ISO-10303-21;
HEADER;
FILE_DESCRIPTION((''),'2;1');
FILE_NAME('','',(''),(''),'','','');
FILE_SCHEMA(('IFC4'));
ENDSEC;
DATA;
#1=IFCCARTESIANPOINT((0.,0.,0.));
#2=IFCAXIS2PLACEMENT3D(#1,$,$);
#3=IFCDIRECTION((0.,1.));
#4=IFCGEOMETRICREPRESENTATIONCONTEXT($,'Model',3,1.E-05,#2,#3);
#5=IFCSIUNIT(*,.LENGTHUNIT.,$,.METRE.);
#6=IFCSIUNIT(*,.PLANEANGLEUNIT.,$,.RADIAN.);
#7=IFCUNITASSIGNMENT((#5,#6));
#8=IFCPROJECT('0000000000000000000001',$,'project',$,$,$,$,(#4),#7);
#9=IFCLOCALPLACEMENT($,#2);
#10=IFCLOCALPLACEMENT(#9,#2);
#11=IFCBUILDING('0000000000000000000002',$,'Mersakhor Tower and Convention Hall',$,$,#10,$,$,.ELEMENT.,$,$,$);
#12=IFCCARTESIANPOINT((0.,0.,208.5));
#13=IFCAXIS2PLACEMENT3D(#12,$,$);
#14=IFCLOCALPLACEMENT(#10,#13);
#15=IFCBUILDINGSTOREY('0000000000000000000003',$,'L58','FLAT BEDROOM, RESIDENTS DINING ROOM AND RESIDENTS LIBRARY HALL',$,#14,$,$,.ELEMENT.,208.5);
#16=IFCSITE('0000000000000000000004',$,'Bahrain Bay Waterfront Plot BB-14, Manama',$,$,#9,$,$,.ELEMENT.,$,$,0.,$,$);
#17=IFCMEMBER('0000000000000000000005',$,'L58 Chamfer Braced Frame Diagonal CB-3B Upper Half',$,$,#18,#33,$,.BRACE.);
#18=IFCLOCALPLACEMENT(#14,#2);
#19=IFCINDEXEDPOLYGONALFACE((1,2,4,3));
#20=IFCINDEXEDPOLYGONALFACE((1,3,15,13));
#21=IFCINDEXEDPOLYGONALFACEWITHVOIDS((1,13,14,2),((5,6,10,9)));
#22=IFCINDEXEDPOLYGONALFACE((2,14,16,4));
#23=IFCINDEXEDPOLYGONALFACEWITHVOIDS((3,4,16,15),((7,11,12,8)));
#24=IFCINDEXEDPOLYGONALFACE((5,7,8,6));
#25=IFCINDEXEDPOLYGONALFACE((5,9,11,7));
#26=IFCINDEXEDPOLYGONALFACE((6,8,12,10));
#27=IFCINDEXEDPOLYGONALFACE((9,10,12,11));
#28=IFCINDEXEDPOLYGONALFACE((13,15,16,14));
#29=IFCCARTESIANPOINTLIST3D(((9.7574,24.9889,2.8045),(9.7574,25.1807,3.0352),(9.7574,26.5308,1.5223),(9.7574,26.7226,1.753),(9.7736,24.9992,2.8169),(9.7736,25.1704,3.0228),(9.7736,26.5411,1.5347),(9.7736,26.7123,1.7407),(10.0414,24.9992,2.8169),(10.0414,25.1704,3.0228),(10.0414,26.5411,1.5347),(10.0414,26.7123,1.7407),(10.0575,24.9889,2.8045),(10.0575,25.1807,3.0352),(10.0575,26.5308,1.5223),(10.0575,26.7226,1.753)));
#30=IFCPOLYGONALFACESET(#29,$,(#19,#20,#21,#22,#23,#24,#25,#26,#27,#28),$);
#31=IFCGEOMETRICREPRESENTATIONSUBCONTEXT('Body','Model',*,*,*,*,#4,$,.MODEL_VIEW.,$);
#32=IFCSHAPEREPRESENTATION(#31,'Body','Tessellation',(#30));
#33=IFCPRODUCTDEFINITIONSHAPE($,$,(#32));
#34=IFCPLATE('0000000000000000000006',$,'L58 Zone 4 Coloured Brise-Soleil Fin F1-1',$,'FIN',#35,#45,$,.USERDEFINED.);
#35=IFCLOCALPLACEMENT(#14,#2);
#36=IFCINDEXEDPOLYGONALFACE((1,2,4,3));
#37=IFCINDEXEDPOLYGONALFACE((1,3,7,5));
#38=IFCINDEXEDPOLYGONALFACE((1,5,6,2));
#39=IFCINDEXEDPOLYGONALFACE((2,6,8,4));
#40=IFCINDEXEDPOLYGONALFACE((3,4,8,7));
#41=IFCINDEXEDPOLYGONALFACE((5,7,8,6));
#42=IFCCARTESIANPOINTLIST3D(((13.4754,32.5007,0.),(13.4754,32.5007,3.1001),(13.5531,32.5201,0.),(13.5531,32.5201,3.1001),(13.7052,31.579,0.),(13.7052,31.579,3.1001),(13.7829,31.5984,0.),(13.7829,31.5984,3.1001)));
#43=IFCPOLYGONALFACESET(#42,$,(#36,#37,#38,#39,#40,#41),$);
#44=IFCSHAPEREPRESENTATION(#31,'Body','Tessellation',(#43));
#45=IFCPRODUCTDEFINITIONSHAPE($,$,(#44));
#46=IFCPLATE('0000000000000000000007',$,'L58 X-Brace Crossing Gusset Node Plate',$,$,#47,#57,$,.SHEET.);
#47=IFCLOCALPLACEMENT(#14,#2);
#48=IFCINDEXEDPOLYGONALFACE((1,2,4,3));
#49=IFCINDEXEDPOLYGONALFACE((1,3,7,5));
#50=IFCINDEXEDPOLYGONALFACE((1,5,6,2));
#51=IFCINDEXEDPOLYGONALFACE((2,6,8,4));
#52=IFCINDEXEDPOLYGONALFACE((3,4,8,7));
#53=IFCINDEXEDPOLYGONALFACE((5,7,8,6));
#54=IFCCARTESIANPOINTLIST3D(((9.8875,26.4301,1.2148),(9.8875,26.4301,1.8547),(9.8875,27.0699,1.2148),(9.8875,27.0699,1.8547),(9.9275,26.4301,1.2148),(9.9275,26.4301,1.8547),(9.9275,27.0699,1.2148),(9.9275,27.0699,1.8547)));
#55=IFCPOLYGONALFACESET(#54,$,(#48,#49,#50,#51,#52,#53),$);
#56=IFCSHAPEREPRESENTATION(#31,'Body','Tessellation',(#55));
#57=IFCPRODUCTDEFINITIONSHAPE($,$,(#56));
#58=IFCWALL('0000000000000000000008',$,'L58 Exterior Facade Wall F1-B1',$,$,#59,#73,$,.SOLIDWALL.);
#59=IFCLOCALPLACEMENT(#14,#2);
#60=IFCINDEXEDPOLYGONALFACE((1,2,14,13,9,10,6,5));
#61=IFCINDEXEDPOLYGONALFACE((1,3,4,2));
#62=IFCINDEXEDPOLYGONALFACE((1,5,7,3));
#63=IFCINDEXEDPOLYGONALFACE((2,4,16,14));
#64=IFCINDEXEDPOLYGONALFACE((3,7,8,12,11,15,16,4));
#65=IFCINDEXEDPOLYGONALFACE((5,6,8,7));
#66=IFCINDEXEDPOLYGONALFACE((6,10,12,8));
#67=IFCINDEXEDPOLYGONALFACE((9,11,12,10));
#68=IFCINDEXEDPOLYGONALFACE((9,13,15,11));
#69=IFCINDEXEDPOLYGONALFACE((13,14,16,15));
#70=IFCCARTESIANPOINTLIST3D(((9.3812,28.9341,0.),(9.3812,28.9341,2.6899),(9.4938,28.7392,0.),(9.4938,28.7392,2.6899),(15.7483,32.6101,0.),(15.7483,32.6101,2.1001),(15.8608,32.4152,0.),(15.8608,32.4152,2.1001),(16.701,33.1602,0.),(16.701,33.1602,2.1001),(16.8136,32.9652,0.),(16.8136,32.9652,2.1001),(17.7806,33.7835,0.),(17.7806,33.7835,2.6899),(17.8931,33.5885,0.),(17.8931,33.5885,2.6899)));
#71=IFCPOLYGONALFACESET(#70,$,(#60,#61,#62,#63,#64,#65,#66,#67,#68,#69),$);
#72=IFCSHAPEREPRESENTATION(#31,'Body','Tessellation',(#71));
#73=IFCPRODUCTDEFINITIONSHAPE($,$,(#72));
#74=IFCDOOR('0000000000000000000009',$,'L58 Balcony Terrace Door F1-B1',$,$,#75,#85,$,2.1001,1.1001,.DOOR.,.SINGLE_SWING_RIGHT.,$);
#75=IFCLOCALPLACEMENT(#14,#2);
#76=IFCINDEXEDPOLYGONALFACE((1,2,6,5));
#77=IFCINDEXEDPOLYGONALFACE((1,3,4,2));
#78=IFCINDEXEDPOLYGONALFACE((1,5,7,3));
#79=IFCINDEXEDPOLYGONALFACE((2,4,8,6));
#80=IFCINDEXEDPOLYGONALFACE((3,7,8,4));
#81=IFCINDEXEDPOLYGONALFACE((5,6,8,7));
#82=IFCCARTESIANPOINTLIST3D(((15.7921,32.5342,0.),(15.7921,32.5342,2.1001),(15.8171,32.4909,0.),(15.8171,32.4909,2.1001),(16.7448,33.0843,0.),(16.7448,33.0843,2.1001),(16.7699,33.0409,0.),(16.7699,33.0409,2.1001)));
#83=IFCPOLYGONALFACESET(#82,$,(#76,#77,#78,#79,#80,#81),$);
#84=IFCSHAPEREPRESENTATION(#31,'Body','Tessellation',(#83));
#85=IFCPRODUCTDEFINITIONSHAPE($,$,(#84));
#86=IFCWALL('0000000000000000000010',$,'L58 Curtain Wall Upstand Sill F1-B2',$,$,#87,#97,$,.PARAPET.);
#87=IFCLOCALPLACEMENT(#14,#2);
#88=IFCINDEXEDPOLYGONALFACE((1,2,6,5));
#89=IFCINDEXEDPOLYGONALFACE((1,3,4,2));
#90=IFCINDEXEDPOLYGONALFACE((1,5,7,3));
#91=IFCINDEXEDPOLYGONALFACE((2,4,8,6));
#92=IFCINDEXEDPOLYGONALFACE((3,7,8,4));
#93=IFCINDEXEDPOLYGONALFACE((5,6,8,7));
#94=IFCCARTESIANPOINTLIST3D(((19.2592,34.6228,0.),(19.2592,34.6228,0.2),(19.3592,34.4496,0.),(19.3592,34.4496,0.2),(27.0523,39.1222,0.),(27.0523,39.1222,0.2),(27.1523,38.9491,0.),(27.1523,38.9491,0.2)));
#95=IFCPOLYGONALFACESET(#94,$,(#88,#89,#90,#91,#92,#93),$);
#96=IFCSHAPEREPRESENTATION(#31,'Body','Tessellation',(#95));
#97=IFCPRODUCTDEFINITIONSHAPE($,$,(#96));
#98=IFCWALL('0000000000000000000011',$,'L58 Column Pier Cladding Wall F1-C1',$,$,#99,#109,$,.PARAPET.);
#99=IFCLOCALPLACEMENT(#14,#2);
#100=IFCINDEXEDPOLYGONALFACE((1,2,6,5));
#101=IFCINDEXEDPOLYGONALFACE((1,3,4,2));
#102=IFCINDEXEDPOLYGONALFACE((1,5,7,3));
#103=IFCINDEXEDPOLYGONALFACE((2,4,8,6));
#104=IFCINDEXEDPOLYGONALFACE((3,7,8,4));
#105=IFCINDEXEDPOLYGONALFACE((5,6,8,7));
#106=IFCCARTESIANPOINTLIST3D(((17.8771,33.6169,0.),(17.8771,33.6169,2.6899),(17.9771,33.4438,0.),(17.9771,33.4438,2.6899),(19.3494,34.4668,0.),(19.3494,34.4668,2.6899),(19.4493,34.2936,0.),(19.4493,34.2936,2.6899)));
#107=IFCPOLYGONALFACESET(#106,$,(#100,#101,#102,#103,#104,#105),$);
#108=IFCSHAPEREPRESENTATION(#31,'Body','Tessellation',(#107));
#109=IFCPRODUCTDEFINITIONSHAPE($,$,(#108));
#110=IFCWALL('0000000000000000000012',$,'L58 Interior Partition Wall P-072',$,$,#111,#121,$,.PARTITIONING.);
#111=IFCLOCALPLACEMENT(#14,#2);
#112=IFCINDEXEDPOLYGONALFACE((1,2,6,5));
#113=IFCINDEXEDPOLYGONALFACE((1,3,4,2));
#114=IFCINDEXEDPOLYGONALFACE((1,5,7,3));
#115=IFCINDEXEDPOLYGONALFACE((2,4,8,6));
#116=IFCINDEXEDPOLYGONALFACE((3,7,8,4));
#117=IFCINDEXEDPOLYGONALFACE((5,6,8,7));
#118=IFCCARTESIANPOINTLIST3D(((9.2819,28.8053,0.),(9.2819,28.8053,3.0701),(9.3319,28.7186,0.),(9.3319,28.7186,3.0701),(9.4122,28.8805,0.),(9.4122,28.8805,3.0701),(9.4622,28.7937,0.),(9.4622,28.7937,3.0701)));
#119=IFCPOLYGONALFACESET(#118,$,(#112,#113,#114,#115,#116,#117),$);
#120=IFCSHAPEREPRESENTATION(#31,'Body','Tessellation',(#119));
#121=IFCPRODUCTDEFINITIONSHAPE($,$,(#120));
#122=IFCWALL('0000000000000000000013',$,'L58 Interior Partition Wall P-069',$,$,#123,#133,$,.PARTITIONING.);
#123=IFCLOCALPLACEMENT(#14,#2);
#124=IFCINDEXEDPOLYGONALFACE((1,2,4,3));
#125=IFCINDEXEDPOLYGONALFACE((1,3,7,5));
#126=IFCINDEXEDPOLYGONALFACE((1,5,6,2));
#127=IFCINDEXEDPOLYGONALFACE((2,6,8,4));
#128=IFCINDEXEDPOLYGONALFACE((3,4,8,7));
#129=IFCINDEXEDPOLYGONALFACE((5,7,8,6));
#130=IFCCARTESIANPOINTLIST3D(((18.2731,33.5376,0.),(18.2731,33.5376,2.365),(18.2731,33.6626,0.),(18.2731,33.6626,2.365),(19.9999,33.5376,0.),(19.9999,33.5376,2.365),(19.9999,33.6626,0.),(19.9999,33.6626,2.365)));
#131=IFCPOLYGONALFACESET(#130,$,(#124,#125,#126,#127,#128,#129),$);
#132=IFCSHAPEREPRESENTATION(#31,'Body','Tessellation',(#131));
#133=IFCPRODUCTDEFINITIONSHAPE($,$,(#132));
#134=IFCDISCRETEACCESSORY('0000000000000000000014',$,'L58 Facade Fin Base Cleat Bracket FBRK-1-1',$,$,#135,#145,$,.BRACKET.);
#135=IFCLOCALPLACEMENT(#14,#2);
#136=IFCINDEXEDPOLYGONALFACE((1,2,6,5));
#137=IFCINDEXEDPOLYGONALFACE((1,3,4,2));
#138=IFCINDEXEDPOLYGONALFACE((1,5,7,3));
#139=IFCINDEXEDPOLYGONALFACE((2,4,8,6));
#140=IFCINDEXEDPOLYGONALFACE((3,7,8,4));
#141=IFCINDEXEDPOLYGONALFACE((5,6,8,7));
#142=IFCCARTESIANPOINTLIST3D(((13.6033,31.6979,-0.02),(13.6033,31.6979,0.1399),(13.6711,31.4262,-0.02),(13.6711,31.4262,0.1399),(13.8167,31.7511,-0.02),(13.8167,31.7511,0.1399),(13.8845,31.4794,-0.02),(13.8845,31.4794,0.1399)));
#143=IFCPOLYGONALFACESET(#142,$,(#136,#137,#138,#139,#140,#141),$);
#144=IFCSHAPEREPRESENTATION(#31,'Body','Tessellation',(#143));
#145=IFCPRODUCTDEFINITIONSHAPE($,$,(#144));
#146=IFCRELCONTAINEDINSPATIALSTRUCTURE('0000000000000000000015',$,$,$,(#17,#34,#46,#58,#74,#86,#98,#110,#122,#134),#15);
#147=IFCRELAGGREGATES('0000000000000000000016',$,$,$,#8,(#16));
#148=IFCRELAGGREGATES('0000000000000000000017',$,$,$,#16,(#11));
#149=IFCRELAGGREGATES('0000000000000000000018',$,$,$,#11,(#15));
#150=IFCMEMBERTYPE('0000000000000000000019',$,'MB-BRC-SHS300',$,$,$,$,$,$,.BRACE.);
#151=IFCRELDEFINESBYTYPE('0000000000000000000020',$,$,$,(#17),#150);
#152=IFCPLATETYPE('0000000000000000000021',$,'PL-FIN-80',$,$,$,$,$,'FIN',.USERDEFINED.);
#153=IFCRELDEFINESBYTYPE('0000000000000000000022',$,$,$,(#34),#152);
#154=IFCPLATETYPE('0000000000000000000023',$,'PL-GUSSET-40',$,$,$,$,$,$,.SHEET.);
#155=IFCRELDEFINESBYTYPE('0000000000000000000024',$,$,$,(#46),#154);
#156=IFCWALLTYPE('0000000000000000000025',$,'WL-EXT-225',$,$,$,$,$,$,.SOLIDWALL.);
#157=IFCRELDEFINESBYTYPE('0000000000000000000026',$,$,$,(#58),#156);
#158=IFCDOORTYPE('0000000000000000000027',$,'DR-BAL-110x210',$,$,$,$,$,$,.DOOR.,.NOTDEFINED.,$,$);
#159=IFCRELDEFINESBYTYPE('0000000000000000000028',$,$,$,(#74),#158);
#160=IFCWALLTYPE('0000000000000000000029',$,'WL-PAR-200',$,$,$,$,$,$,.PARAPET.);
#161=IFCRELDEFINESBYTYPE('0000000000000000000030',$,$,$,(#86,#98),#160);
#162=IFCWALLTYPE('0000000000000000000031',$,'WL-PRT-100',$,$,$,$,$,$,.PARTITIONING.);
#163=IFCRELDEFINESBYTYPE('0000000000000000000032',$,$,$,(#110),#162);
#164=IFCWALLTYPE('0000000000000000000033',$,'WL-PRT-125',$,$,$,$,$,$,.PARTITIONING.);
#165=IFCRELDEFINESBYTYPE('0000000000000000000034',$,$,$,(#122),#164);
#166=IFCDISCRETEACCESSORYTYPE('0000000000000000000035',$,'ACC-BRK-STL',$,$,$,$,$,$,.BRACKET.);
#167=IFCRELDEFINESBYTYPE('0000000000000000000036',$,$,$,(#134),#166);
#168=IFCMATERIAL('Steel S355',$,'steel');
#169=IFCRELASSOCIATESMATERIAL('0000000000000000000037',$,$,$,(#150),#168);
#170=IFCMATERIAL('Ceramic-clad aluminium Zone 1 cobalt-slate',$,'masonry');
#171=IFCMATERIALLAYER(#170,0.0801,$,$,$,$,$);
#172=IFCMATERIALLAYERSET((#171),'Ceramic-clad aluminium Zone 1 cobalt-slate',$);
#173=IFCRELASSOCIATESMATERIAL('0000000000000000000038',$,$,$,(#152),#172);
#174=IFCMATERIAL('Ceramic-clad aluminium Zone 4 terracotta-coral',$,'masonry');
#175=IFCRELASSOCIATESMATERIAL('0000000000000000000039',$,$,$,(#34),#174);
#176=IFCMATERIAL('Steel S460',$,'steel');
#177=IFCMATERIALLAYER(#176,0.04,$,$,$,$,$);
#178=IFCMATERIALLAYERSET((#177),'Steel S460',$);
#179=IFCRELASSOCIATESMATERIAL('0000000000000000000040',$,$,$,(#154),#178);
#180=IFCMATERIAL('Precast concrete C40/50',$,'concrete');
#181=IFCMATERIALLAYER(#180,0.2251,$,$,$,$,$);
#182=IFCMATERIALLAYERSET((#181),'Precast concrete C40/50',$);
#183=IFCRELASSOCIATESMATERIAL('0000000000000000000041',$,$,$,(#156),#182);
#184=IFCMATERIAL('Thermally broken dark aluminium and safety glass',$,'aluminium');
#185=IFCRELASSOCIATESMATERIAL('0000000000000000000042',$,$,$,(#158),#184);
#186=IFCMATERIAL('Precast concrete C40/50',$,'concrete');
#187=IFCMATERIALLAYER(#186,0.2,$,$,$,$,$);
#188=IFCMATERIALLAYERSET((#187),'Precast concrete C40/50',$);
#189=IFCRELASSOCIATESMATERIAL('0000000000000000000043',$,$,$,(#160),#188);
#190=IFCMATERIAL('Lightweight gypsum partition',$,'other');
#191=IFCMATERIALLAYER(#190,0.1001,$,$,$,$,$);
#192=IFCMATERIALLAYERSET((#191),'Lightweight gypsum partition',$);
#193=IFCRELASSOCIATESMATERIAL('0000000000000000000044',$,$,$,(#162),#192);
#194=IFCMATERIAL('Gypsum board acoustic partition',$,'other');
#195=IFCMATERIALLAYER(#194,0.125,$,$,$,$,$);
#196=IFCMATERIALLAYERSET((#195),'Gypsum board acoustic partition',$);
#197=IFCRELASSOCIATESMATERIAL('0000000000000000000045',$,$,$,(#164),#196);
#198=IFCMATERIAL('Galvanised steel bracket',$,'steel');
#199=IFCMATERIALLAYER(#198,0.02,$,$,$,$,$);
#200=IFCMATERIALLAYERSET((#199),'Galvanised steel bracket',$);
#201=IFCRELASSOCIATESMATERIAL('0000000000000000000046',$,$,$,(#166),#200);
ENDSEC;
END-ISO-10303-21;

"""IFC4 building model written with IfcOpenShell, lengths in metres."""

from ifc_helpers import new_model, si_unit, direction, frame, frame_2d, origin, origin_2d, place, context, subcontext, project, spatial, rectangle, hollow_rectangle, extrude, material, layer, layer_set, material_profile, profile_set, type_object, element, fill, save


model = new_model("IFC4")

# Units and contexts
model_context = context("Model", 3, precision=1e-05, world=origin(), true_north=direction((0.0, 1.0)))
body_context = subcontext(model_context, "Body", "Model", "MODEL_VIEW")
ifc_project = project(units=[si_unit("LENGTHUNIT", "METRE"), si_unit("PLANEANGLEUNIT", "RADIAN")], contexts=[model_context])

# Site, building, storey
site_placement = place(None, origin())
site = spatial("IfcSite", under=ifc_project, at=site_placement, Name="Bahrain Bay Waterfront Plot BB-14, Manama", CompositionType="ELEMENT", RefElevation=0.0)
building_placement = place(site_placement, origin())
building = spatial("IfcBuilding", under=site, at=building_placement, Name="Mersakhor Tower and Convention Hall", CompositionType="ELEMENT")
storey_placement = place(building_placement, frame((0.0, 0.0, 208.5)))
storey = spatial("IfcBuildingStorey", under=building, at=storey_placement, Name="L58", Description="FLAT BEDROOM, RESIDENTS DINING ROOM AND RESIDENTS LIBRARY HALL", CompositionType="ELEMENT", Elevation=208.5)

# Member
ifc_material_1 = material(Name="Steel S355", Category="steel")
ifc_material_profile_1 = material_profile(ifc_material_1, hollow_rectangle(XDim=0.3, YDim=0.3, WallThickness=0.0161, at=origin_2d()), Name="SHS 300x300x16")
ifc_profile_set_1 = profile_set([ifc_material_profile_1], Name="Steel S355")
member_type_1 = type_object("IfcMemberType", Name="MB-BRC-SHS300", PredefinedType="BRACE", material=ifc_profile_set_1)
member_1_placement = place(storey_placement, frame((9.9075, 26.6267, 1.6377), z_axis=(0.0, -0.768899, 0.63937), x_axis=(1.0, 0.0, 0.0)))
element("IfcMember", 1, at=member_1_placement, inside=storey, type_object=member_type_1, Name="L58 Chamfer Braced Frame Diagonal CB-3B Upper Half", PredefinedType="BRACE", context=body_context, shape_type="SweptSolid", body=[
    extrude(hollow_rectangle(XDim=0.3, YDim=0.3, WallThickness=0.0161, at=origin_2d()), origin(), (0.0, 0.0, 1.0), 2.0054),
])

# Plates
ifc_material_2 = material(Name="Ceramic-clad aluminium Zone 4 terracotta-coral", Category="masonry")
ifc_material_3 = material(Name="Ceramic-clad aluminium Zone 1 cobalt-slate", Category="masonry")
ifc_layer_1 = layer(ifc_material_3, 0.0801)
ifc_layer_set_1 = layer_set([ifc_layer_1], Name="Ceramic-clad aluminium Zone 1 cobalt-slate")
plate_type_1 = type_object("IfcPlateType", Name="PL-FIN-80", ElementType="FIN", PredefinedType="USERDEFINED", material=ifc_layer_set_1)
plate_1_placement = place(storey_placement, frame((13.6292, 32.0496, 0.0), z_axis=(0.0, 0.0, 1.0), x_axis=(-0.241922, 0.970296, 0.0)))
element("IfcPlate", 2, at=plate_1_placement, inside=storey, type_object=plate_type_1, material=ifc_material_2, Name="L58 Zone 4 Coloured Brise-Soleil Fin F1-1", ObjectType="FIN", PredefinedType="USERDEFINED", context=body_context, shape_type="SweptSolid", body=[
    extrude(rectangle(XDim=0.95, YDim=0.0801, at=origin_2d()), origin(), (0.0, 0.0, 1.0), 3.1001),
])
ifc_material_4 = material(Name="Steel S460", Category="steel")
ifc_layer_2 = layer(ifc_material_4, 0.04)
ifc_layer_set_2 = layer_set([ifc_layer_2], Name="Steel S460")
plate_type_2 = type_object("IfcPlateType", Name="PL-GUSSET-40", PredefinedType="SHEET", material=ifc_layer_set_2)
plate_2_placement = place(storey_placement, frame((9.9075, 26.75, 1.2148), z_axis=(0.0, 0.0, 1.0), x_axis=(0.0, -1.0, 0.0)))
element("IfcPlate", 3, at=plate_2_placement, inside=storey, type_object=plate_type_2, Name="L58 X-Brace Crossing Gusset Node Plate", PredefinedType="SHEET", context=body_context, shape_type="SweptSolid", body=[
    extrude(rectangle(XDim=0.6399, YDim=0.04, at=origin_2d()), origin(), (0.0, 0.0, 1.0), 0.6399),
])

# Wall, opening, door
ifc_material_5 = material(Name="Precast concrete C40/50", Category="concrete")
ifc_layer_3 = layer(ifc_material_5, 0.2251)
ifc_layer_set_3 = layer_set([ifc_layer_3], Name="Precast concrete C40/50")
wall_type_1 = type_object("IfcWallType", Name="WL-EXT-225", PredefinedType="SOLIDWALL", material=ifc_layer_set_3)
wall_1_placement = place(storey_placement, frame((9.4375, 28.8367, 0.0), z_axis=(0.0, 0.0, 1.0), x_axis=(0.866027, 0.499997, 0.0)))
wall_1 = element("IfcWall", 4, at=wall_1_placement, inside=storey, type_object=wall_type_1, Name="L58 Exterior Facade Wall F1-B1", PredefinedType="SOLIDWALL", context=body_context, shape_type="SweptSolid", body=[
    extrude(rectangle(XDim=9.6987, YDim=0.2251, at=frame_2d((4.8494, 0.0))), origin(), (0.0, 0.0, 1.0), 2.6899),
])
opening_placement = place(wall_1_placement, frame((7.3521, 0.0, 0.0)))
opening = element("IfcOpeningElement", 5, at=opening_placement, cuts=wall_1, PredefinedType="OPENING", context=body_context, shape_type="SweptSolid", body=[
    extrude(rectangle(XDim=1.1001, YDim=2.1001, at=frame_2d((0.55, 1.05))), frame((0.0, 0.1226, 0.0), z_axis=(0.0, -1.0, 0.0), x_axis=(1.0, 0.0, 0.0)), (0.0, 0.0, 1.0), 0.2451),
])
ifc_material_6 = material(Name="Thermally broken dark aluminium and safety glass", Category="aluminium")
door_type = type_object("IfcDoorType", Name="DR-BAL-110x210", OperationType="NOTDEFINED", PredefinedType="DOOR", material=ifc_material_6)
door_placement = place(opening_placement, origin())
door = element("IfcDoor", 6, at=door_placement, inside=storey, type_object=door_type, Name="L58 Balcony Terrace Door F1-B1", OperationType="SINGLE_SWING_RIGHT", OverallHeight=2.1001, OverallWidth=1.1001, PredefinedType="DOOR", context=body_context, shape_type="SweptSolid", body=[
    extrude(rectangle(XDim=1.1001, YDim=2.1001, at=frame_2d((0.55, 1.05))), frame((0.0, 0.0249, 0.0), z_axis=(0.0, -1.0, 0.0), x_axis=(1.0, 0.0, 0.0)), (0.0, 0.0, 1.0), 0.05),
])
fill(opening, door)

# Walls
ifc_material_7 = material(Name="Precast concrete C40/50", Category="concrete")
ifc_layer_4 = layer(ifc_material_7, 0.2)
ifc_layer_set_4 = layer_set([ifc_layer_4], Name="Precast concrete C40/50")
wall_type_2 = type_object("IfcWallType", Name="WL-PAR-200", PredefinedType="PARAPET", material=ifc_layer_set_4)
wall_2_placement = place(storey_placement, frame((19.3091, 34.5361, 0.0), z_axis=(0.0, 0.0, 1.0), x_axis=(0.866021, 0.500008, 0.0)))
element("IfcWall", 7, at=wall_2_placement, inside=storey, type_object=wall_type_2, Name="L58 Curtain Wall Upstand Sill F1-B2", PredefinedType="PARAPET", context=body_context, shape_type="SweptSolid", body=[
    extrude(rectangle(XDim=8.9988, YDim=0.2, at=frame_2d((4.4995, 0.0))), origin(), (0.0, 0.0, 1.0), 0.2),
])
wall_3_placement = place(storey_placement, frame((17.927, 33.5303, 0.0), z_axis=(0.0, 0.0, 1.0), x_axis=(0.866052, 0.499955, 0.0)))
element("IfcWall", 8, at=wall_3_placement, inside=storey, type_object=wall_type_2, Name="L58 Column Pier Cladding Wall F1-C1", PredefinedType="PARAPET", context=body_context, shape_type="SweptSolid", body=[
    extrude(rectangle(XDim=1.7, YDim=0.2, at=frame_2d((0.8501, 0.0))), origin(), (0.0, 0.0, 1.0), 2.6899),
])
ifc_material_8 = material(Name="Lightweight gypsum partition", Category="other")
ifc_layer_5 = layer(ifc_material_8, 0.1001)
ifc_layer_set_5 = layer_set([ifc_layer_5], Name="Lightweight gypsum partition")
wall_type_3 = type_object("IfcWallType", Name="WL-PRT-100", PredefinedType="PARTITIONING", material=ifc_layer_set_5)
wall_4_placement = place(storey_placement, frame((9.3069, 28.762, 0.0), z_axis=(0.0, 0.0, 1.0), x_axis=(0.86624, 0.499629, 0.0)))
element("IfcWall", 9, at=wall_4_placement, inside=storey, type_object=wall_type_3, Name="L58 Interior Partition Wall P-072", PredefinedType="PARTITIONING", context=body_context, shape_type="SweptSolid", body=[
    extrude(rectangle(XDim=0.1504, YDim=0.1001, at=frame_2d((0.0752, 0.0))), origin(), (0.0, 0.0, 1.0), 3.0701),
])
ifc_material_9 = material(Name="Gypsum board acoustic partition", Category="other")
ifc_layer_6 = layer(ifc_material_9, 0.125)
ifc_layer_set_6 = layer_set([ifc_layer_6], Name="Gypsum board acoustic partition")
wall_type_4 = type_object("IfcWallType", Name="WL-PRT-125", PredefinedType="PARTITIONING", material=ifc_layer_set_6)
wall_5_placement = place(storey_placement, frame((18.2732, 33.6001, 0.0), z_axis=(0.0, 0.0, 1.0), x_axis=(1.0, 0.0, 0.0)))
element("IfcWall", 10, at=wall_5_placement, inside=storey, type_object=wall_type_4, Name="L58 Interior Partition Wall P-069", PredefinedType="PARTITIONING", context=body_context, shape_type="SweptSolid", body=[
    extrude(rectangle(XDim=1.7268, YDim=0.125, at=frame_2d((0.8633, 0.0))), origin(), (0.0, 0.0, 1.0), 2.365),
])

# Discrete accessory
ifc_material_10 = material(Name="Galvanised steel bracket", Category="steel")
ifc_layer_7 = layer(ifc_material_10, 0.02)
ifc_layer_set_7 = layer_set([ifc_layer_7], Name="Galvanised steel bracket")
discrete_accessory_type = type_object("IfcDiscreteAccessoryType", Name="ACC-BRK-STL", PredefinedType="BRACKET", material=ifc_layer_set_7)
discrete_accessory_placement = place(storey_placement, frame((13.7439, 31.5886, -0.02), z_axis=(0.0, 0.0, 1.0), x_axis=(-0.241922, 0.970296, 0.0)))
element("IfcDiscreteAccessory", 11, at=discrete_accessory_placement, inside=storey, type_object=discrete_accessory_type, Name="L58 Facade Fin Base Cleat Bracket FBRK-1-1", PredefinedType="BRACKET", context=body_context, shape_type="SweptSolid", body=[
    extrude(rectangle(XDim=0.28, YDim=0.22, at=origin_2d()), origin(), (0.0, 0.0, 1.0), 0.1599),
])

save(model, "model.ifc")
